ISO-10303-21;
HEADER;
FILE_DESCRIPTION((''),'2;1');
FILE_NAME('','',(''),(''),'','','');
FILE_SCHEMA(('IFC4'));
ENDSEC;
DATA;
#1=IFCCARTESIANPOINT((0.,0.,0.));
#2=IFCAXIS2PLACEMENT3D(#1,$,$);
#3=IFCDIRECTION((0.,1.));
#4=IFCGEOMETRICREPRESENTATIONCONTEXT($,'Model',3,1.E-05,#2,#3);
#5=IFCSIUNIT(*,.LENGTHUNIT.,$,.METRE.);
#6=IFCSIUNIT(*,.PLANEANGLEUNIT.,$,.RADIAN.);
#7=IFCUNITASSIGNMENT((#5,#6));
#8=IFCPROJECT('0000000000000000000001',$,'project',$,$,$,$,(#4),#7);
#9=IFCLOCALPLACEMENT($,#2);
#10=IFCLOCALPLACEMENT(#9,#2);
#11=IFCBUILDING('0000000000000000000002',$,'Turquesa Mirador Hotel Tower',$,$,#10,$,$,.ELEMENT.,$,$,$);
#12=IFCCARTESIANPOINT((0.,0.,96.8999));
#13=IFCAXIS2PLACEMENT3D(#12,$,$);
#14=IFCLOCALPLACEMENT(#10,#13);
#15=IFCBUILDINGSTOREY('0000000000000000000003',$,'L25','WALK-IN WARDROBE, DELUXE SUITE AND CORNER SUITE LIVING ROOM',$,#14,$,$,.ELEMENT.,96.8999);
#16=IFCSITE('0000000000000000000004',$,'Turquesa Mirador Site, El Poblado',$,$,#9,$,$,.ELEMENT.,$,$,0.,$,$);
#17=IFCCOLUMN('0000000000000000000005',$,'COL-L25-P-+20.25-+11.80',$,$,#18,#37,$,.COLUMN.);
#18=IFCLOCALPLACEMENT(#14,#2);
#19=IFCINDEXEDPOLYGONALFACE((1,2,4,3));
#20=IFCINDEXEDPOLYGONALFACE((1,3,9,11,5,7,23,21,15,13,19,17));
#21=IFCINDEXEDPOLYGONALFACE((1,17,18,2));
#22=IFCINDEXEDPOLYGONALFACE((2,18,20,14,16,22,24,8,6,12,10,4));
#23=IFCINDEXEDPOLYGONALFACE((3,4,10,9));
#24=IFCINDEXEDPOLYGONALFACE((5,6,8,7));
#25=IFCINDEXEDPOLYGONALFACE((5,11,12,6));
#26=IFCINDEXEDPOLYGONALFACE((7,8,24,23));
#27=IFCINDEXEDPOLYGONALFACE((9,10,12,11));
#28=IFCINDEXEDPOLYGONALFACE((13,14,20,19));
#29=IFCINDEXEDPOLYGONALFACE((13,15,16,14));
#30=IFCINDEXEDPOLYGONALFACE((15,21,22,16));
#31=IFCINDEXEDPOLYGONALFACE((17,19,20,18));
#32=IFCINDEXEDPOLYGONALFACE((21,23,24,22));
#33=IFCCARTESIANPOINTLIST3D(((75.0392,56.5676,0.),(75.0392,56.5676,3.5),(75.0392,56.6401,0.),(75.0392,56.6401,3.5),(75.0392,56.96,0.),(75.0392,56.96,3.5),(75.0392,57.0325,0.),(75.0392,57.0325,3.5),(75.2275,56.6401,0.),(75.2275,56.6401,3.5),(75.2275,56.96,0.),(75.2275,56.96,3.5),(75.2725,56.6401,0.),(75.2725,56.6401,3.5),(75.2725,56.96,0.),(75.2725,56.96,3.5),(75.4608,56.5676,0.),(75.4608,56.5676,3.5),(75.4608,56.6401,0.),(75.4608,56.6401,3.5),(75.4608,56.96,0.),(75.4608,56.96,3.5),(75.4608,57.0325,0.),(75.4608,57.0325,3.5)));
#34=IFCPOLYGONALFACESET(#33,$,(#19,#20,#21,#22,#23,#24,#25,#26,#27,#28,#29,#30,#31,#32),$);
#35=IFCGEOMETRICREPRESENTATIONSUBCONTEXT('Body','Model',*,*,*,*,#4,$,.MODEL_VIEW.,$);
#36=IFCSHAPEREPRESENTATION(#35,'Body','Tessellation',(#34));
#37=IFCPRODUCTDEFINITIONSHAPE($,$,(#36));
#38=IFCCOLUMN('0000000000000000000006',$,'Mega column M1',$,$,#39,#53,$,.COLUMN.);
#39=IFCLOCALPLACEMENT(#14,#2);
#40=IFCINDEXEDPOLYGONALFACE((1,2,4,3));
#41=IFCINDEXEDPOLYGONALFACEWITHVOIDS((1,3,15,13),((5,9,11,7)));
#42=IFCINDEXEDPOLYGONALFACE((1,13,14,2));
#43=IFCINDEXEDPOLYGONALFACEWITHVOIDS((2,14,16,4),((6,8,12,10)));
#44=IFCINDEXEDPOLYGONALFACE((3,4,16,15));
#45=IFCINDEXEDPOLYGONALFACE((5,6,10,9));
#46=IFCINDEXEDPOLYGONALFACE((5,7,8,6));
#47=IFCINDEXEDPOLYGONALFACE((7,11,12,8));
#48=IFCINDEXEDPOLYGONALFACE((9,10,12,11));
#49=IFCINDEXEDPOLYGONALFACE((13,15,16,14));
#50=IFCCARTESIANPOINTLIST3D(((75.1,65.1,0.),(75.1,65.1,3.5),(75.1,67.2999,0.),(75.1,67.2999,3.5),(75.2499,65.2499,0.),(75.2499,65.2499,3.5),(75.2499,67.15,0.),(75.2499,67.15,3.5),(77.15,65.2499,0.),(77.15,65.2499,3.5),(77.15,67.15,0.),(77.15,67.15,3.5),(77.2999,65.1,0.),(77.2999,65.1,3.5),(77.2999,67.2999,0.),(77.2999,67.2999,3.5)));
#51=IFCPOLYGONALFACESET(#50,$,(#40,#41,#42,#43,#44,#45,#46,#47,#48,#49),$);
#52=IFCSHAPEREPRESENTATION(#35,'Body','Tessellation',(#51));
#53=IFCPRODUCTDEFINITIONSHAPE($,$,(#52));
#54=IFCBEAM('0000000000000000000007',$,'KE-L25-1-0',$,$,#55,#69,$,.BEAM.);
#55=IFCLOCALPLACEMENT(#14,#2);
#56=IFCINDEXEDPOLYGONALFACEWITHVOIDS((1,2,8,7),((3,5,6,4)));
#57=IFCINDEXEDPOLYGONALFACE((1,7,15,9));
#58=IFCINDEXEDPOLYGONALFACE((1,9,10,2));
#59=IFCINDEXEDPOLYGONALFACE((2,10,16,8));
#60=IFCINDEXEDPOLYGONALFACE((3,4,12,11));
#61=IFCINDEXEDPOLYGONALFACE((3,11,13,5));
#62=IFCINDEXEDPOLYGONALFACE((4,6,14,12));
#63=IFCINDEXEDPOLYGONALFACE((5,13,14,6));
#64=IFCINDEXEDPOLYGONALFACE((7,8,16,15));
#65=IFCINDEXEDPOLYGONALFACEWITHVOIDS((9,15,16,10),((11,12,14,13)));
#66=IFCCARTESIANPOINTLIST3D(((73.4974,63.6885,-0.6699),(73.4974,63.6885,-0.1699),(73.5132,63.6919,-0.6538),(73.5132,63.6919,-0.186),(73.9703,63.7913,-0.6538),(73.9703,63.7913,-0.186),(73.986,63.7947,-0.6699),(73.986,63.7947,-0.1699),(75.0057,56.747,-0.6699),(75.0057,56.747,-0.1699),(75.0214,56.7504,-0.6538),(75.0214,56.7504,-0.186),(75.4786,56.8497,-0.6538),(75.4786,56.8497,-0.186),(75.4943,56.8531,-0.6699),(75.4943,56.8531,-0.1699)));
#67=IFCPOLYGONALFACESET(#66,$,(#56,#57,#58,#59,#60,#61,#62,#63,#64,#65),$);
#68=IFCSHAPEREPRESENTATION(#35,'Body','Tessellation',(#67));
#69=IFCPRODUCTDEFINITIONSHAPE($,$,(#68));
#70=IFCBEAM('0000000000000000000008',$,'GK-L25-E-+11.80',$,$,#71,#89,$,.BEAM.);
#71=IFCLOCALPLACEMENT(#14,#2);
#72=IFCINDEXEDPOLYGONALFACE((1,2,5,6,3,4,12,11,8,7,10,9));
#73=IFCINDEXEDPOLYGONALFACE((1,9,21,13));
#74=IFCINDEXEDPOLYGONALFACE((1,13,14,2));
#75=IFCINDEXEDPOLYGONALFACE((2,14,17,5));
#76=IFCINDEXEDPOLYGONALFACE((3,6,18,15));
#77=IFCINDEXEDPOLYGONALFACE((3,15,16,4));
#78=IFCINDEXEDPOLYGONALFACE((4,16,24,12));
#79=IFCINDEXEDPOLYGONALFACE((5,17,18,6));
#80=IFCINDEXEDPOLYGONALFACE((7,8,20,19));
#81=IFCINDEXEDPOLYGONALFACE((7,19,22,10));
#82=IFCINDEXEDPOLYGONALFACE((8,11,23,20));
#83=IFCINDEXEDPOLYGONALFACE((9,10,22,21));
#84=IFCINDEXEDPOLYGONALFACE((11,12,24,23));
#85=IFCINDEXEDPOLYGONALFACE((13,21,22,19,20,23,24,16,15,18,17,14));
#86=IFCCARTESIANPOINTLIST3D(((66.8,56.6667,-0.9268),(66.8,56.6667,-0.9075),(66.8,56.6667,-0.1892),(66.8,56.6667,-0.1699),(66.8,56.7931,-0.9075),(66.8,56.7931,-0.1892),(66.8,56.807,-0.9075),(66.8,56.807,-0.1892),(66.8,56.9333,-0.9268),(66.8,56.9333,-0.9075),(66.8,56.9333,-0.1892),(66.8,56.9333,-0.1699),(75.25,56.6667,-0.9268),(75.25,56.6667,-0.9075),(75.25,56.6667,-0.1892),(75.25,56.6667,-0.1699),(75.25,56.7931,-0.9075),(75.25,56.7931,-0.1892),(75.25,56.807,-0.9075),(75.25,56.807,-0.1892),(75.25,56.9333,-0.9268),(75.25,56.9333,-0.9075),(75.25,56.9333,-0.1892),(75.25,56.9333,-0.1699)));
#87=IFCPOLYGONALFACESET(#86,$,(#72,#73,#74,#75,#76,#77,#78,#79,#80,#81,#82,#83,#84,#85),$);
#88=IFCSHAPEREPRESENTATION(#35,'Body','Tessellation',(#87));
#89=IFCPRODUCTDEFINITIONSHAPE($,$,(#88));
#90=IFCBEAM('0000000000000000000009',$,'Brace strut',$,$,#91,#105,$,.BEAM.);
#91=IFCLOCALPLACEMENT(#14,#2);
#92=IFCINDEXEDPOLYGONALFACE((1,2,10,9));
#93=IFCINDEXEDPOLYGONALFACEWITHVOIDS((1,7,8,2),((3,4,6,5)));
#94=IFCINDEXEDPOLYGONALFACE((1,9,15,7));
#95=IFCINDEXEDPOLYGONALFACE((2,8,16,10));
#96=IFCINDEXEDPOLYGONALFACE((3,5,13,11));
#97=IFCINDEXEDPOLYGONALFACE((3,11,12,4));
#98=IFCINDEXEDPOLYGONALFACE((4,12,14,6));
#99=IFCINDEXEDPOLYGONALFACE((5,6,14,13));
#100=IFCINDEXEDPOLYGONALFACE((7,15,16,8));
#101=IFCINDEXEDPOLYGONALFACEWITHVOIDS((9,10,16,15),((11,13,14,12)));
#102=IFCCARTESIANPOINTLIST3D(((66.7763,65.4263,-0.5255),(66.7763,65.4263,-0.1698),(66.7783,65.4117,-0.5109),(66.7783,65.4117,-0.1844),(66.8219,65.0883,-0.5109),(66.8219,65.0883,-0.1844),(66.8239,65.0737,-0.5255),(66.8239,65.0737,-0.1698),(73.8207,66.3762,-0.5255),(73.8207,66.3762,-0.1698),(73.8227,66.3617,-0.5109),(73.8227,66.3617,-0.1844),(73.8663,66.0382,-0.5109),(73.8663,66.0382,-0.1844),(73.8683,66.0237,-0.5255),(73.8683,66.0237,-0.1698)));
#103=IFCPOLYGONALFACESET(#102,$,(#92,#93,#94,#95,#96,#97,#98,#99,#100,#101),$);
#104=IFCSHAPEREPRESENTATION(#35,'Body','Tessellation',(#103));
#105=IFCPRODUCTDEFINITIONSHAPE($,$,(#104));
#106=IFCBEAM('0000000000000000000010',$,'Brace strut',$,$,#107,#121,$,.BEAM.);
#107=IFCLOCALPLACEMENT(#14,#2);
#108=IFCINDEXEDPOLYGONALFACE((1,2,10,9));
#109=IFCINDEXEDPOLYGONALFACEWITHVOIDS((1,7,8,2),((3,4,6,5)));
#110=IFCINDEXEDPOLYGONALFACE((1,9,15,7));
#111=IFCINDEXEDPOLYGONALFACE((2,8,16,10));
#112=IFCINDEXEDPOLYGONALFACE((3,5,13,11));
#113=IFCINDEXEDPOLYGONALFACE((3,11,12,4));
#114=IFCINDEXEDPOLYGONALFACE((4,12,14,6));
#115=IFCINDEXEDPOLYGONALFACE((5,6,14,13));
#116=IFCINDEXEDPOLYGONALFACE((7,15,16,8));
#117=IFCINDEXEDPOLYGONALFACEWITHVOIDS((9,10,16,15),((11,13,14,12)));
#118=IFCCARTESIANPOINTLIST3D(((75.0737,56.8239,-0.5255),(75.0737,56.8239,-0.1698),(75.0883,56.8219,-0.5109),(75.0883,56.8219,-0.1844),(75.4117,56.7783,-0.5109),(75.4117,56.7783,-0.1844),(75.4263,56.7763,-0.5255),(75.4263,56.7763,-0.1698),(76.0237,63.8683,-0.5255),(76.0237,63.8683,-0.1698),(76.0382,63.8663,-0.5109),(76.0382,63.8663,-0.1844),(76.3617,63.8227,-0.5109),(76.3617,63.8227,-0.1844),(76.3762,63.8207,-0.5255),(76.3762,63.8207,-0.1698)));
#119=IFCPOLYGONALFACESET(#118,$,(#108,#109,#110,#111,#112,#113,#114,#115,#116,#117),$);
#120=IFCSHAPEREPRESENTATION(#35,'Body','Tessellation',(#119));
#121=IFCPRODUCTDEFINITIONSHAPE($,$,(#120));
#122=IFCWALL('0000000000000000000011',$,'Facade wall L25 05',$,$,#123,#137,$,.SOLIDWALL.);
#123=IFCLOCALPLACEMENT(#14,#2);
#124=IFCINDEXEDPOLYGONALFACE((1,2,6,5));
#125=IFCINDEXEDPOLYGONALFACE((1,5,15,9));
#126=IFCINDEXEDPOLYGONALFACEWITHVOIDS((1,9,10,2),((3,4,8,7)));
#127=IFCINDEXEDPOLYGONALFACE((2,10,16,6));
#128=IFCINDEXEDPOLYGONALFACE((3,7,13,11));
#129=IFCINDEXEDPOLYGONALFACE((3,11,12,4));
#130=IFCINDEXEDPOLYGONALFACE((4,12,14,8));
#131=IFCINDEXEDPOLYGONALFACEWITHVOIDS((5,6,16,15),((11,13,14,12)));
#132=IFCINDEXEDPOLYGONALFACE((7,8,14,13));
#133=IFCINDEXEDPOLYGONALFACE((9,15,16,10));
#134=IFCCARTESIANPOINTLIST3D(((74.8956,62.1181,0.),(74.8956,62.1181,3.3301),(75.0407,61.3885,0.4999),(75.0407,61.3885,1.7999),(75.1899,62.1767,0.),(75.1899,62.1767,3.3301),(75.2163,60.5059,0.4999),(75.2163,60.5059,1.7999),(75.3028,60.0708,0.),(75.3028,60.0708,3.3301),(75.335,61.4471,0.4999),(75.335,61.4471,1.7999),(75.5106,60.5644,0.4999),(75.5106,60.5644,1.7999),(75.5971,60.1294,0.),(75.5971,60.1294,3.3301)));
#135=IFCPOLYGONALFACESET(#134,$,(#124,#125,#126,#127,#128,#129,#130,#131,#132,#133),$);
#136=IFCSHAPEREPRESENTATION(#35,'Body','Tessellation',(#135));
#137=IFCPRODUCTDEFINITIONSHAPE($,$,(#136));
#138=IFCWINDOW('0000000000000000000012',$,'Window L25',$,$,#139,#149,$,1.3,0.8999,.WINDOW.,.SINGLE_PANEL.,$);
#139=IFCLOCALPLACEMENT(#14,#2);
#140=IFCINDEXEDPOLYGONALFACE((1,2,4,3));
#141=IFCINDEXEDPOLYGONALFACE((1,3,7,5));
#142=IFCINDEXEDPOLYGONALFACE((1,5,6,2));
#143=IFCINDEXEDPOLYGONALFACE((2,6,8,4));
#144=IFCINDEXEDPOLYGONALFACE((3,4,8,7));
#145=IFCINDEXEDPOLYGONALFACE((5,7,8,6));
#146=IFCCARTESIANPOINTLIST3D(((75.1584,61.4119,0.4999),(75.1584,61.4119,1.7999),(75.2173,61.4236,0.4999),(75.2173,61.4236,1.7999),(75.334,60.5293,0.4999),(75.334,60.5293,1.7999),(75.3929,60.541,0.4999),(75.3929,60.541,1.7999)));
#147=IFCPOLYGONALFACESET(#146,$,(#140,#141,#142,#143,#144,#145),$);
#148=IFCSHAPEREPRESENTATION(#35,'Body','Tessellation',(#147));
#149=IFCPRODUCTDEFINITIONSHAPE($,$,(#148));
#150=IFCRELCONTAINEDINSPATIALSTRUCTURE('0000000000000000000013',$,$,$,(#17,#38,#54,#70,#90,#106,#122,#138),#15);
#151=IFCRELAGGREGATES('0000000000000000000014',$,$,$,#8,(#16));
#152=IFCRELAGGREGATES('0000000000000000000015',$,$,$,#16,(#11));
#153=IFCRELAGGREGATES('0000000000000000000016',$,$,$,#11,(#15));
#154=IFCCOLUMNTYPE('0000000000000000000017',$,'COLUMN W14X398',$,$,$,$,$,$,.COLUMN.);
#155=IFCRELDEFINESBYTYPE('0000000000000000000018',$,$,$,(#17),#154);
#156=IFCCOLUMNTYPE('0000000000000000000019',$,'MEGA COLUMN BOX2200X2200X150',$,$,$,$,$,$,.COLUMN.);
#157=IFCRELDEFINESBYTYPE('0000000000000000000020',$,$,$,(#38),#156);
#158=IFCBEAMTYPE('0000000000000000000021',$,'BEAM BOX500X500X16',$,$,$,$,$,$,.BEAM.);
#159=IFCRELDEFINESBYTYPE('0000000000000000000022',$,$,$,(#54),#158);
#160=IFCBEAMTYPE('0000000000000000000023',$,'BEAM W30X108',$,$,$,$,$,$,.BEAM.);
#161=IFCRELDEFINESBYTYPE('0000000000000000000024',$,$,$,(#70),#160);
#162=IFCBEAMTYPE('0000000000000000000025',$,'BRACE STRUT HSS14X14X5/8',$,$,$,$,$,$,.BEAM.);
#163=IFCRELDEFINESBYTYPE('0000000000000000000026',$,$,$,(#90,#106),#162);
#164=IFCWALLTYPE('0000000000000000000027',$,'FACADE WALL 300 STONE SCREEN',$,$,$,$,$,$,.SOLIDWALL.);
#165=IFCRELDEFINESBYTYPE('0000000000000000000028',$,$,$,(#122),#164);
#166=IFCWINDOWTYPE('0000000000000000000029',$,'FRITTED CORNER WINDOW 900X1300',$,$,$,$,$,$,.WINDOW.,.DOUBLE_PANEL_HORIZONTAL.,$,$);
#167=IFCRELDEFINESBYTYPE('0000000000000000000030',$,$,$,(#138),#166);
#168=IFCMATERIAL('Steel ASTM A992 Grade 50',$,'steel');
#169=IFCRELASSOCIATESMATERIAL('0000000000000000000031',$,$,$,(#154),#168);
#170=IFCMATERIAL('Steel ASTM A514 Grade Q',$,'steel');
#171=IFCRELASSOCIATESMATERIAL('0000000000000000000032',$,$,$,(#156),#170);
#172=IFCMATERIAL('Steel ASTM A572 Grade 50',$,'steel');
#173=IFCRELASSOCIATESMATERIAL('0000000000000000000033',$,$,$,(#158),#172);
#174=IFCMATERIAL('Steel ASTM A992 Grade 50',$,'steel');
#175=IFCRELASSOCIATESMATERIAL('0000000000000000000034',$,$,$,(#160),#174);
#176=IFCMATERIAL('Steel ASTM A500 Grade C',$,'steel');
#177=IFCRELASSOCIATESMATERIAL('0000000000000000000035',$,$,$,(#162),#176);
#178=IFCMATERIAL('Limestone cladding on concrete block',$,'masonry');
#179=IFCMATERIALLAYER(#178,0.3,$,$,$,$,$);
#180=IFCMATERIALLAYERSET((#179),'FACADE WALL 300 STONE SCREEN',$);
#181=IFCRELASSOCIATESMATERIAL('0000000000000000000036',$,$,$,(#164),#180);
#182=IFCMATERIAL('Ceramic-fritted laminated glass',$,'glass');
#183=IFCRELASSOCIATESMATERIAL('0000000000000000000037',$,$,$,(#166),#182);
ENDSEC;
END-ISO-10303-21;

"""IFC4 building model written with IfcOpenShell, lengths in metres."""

from ifc_helpers import new_model, si_unit, direction, frame, frame_2d, origin, origin_2d, place, context, subcontext, project, spatial, rectangle, hollow_rectangle, i_section, extrude, material, layer, layer_set, material_profile, profile_set, type_object, element, fill, save


model = new_model("IFC4")

# Units and contexts
model_context = context("Model", 3, precision=1e-05, world=origin(), true_north=direction((0.0, 1.0)))
body_context = subcontext(model_context, "Body", "Model", "MODEL_VIEW")
ifc_project = project(units=[si_unit("LENGTHUNIT", "METRE"), si_unit("PLANEANGLEUNIT", "RADIAN")], contexts=[model_context])

# Site, building, storey
site_placement = place(None, origin())
site = spatial("IfcSite", under=ifc_project, at=site_placement, Name="Turquesa Mirador Site, El Poblado", CompositionType="ELEMENT", RefElevation=0.0)
building_placement = place(site_placement, origin())
building = spatial("IfcBuilding", under=site, at=building_placement, Name="Turquesa Mirador Hotel Tower", CompositionType="ELEMENT")
storey_placement = place(building_placement, frame((0.0, 0.0, 96.8999)))
storey = spatial("IfcBuildingStorey", under=building, at=storey_placement, Name="L25", Description="WALK-IN WARDROBE, DELUXE SUITE AND CORNER SUITE LIVING ROOM", CompositionType="ELEMENT", Elevation=96.8999)

# Columns
ifc_material_1 = material(Name="Steel ASTM A992 Grade 50", Category="steel")
ifc_material_profile_1 = material_profile(ifc_material_1, i_section(OverallWidth=0.4216, OverallDepth=0.4648, WebThickness=0.0449, FlangeThickness=0.0725, at=origin_2d()), Name="W14X398")
ifc_profile_set_1 = profile_set([ifc_material_profile_1], Name="Steel ASTM A992 Grade 50")
column_type_1 = type_object("IfcColumnType", Name="COLUMN W14X398", PredefinedType="COLUMN", material=ifc_profile_set_1)
column_1_placement = place(storey_placement, frame((75.25, 56.8, 0.0), z_axis=(0.0, 0.0, 1.0), x_axis=(1.0, 0.0, 0.0)))
element("IfcColumn", 1, at=column_1_placement, inside=storey, type_object=column_type_1, Name="COL-L25-P-+20.25-+11.80", PredefinedType="COLUMN", context=body_context, shape_type="SweptSolid", body=[
    extrude(i_section(OverallWidth=0.4216, OverallDepth=0.4648, WebThickness=0.0449, FlangeThickness=0.0725, at=origin_2d()), origin(), (0.0, 0.0, 1.0), 3.5),
])
ifc_material_2 = material(Name="Steel ASTM A514 Grade Q", Category="steel")
ifc_material_profile_2 = material_profile(ifc_material_2, hollow_rectangle(XDim=2.2, YDim=2.2, WallThickness=0.1499, at=origin_2d()), Name="BOX2200X2200X150")
ifc_profile_set_2 = profile_set([ifc_material_profile_2], Name="Steel ASTM A514 Grade Q")
column_type_2 = type_object("IfcColumnType", Name="MEGA COLUMN BOX2200X2200X150", PredefinedType="COLUMN", material=ifc_profile_set_2)
column_2_placement = place(storey_placement, frame((76.2, 66.2, 0.0), z_axis=(0.0, 0.0, 1.0), x_axis=(1.0, 0.0, 0.0)))
element("IfcColumn", 2, at=column_2_placement, inside=storey, type_object=column_type_2, Name="Mega column M1", PredefinedType="COLUMN", context=body_context, shape_type="SweptSolid", body=[
    extrude(hollow_rectangle(XDim=2.2, YDim=2.2, WallThickness=0.1499, at=origin_2d()), origin(), (0.0, 0.0, 1.0), 3.5),
])

# Beams
ifc_material_3 = material(Name="Steel ASTM A572 Grade 50", Category="steel")
ifc_material_profile_3 = material_profile(ifc_material_3, hollow_rectangle(XDim=0.5, YDim=0.5, WallThickness=0.0161, at=origin_2d()), Name="BOX500X500X16")
ifc_profile_set_3 = profile_set([ifc_material_profile_3], Name="Steel ASTM A572 Grade 50")
beam_type_1 = type_object("IfcBeamType", Name="BEAM BOX500X500X16", PredefinedType="BEAM", material=ifc_profile_set_3)
beam_1_placement = place(storey_placement, frame((75.25, 56.8, -0.4199), z_axis=(-0.212328, 0.977198, 0.0), x_axis=(-0.977198, -0.212328, 0.0)))
element("IfcBeam", 3, at=beam_1_placement, inside=storey, type_object=beam_type_1, Name="KE-L25-1-0", PredefinedType="BEAM", context=body_context, shape_type="SweptSolid", body=[
    extrude(hollow_rectangle(XDim=0.5, YDim=0.5, WallThickness=0.0161, at=origin_2d()), origin(), (0.0, 0.0, 1.0), 7.1035),
])
ifc_material_4 = material(Name="Steel ASTM A992 Grade 50", Category="steel")
ifc_material_profile_4 = material_profile(ifc_material_4, i_section(OverallWidth=0.2666, OverallDepth=0.7568, WebThickness=0.0139, FlangeThickness=0.0193, at=origin_2d()), Name="W30X108")
ifc_profile_set_4 = profile_set([ifc_material_profile_4], Name="Steel ASTM A992 Grade 50")
beam_type_2 = type_object("IfcBeamType", Name="BEAM W30X108", PredefinedType="BEAM", material=ifc_profile_set_4)
beam_2_placement = place(storey_placement, frame((75.25, 56.8, -0.5483), z_axis=(-1.0, 0.0, 0.0), x_axis=(0.0, -1.0, 0.0)))
element("IfcBeam", 4, at=beam_2_placement, inside=storey, type_object=beam_type_2, Name="GK-L25-E-+11.80", PredefinedType="BEAM", context=body_context, shape_type="SweptSolid", body=[
    extrude(i_section(OverallWidth=0.2666, OverallDepth=0.7568, WebThickness=0.0139, FlangeThickness=0.0193, at=origin_2d()), origin(), (0.0, 0.0, 1.0), 8.45),
])
ifc_material_5 = material(Name="Steel ASTM A500 Grade C", Category="steel")
ifc_material_profile_5 = material_profile(ifc_material_5, hollow_rectangle(XDim=0.3557, YDim=0.3557, WallThickness=0.0146, at=origin_2d()), Name="HSS14X14X5/8")
ifc_profile_set_5 = profile_set([ifc_material_profile_5], Name="Steel ASTM A500 Grade C")
beam_type_3 = type_object("IfcBeamType", Name="BRACE STRUT HSS14X14X5/8", PredefinedType="BEAM", material=ifc_profile_set_5)
for number, where, z_axis, x_axis, name in (
    (5, (73.8445, 66.2, -0.3477), (-0.99103, -0.133642, 0.0), (0.133642, -0.99103, 0.0), "Brace strut"),
    (6, (76.2, 63.8445, -0.3477), (-0.133642, -0.99103, 0.0), (0.99103, -0.133642, 0.0), "Brace strut"),
):
    element("IfcBeam", number, at=place(storey_placement, frame(where, z_axis=z_axis, x_axis=x_axis)), inside=storey, type_object=beam_type_3, Name=name, PredefinedType="BEAM", context=body_context, shape_type="SweptSolid", body=[
        extrude(hollow_rectangle(XDim=0.3557, YDim=0.3557, WallThickness=0.0146, at=origin_2d()), origin(), (0.0, 0.0, 1.0), 7.1082),
    ])

# Wall, opening, window
ifc_material_6 = material(Name="Limestone cladding on concrete block", Category="masonry")
ifc_layer = layer(ifc_material_6, 0.3)
ifc_layer_set = layer_set([ifc_layer], Name="FACADE WALL 300 STONE SCREEN")
wall_type = type_object("IfcWallType", Name="FACADE WALL 300 STONE SCREEN", PredefinedType="SOLIDWALL", material=ifc_layer_set)
wall_1_placement = place(storey_placement, frame((75.45, 60.1001, 0.0), z_axis=(0.0, 0.0, 1.0), x_axis=(-0.195081, 0.980787, 0.0)))
wall_1 = element("IfcWall", 7, at=wall_1_placement, inside=storey, type_object=wall_type, Name="Facade wall L25 05", PredefinedType="SOLIDWALL", context=body_context, shape_type="SweptSolid", body=[
    extrude(rectangle(XDim=2.0874, YDim=0.3, at=frame_2d((1.0437, 0.0))), origin(), (0.0, 0.0, 1.0), 3.3301),
])
opening_1_placement = place(wall_1_placement, frame((0.4436, 0.0, 0.5)))
opening_1 = element("IfcOpeningElement", 8, at=opening_1_placement, cuts=wall_1, PredefinedType="OPENING", context=body_context, shape_type="SweptSolid", body=[
    extrude(rectangle(XDim=0.8999, YDim=1.3, at=frame_2d((0.45, 0.6499))), frame((0.0, 0.1599, 0.0), z_axis=(0.0, -1.0, 0.0), x_axis=(1.0, 0.0, 0.0)), (0.0, 0.0, 1.0), 0.3201),
])
ifc_material_7 = material(Name="Ceramic-fritted laminated glass", Category="glass")
window_type_1 = type_object("IfcWindowType", Name="FRITTED CORNER WINDOW 900X1300", PartitioningType="DOUBLE_PANEL_HORIZONTAL", PredefinedType="WINDOW", material=ifc_material_7)
window_1_placement = place(opening_1_placement, origin())
window_1 = element("IfcWindow", 9, at=window_1_placement, inside=storey, type_object=window_type_1, Name="Window L25", OverallHeight=1.3, OverallWidth=0.8999, PartitioningType="SINGLE_PANEL", PredefinedType="WINDOW", context=body_context, shape_type="SweptSolid", body=[
    extrude(rectangle(XDim=0.8999, YDim=1.3, at=frame_2d((0.45, 0.6499))), frame((0.0, 0.03, 0.0), z_axis=(0.0, -1.0, 0.0), x_axis=(1.0, 0.0, 0.0)), (0.0, 0.0, 1.0), 0.0601),
])
fill(opening_1, window_1)

save(model, "model.ifc")
